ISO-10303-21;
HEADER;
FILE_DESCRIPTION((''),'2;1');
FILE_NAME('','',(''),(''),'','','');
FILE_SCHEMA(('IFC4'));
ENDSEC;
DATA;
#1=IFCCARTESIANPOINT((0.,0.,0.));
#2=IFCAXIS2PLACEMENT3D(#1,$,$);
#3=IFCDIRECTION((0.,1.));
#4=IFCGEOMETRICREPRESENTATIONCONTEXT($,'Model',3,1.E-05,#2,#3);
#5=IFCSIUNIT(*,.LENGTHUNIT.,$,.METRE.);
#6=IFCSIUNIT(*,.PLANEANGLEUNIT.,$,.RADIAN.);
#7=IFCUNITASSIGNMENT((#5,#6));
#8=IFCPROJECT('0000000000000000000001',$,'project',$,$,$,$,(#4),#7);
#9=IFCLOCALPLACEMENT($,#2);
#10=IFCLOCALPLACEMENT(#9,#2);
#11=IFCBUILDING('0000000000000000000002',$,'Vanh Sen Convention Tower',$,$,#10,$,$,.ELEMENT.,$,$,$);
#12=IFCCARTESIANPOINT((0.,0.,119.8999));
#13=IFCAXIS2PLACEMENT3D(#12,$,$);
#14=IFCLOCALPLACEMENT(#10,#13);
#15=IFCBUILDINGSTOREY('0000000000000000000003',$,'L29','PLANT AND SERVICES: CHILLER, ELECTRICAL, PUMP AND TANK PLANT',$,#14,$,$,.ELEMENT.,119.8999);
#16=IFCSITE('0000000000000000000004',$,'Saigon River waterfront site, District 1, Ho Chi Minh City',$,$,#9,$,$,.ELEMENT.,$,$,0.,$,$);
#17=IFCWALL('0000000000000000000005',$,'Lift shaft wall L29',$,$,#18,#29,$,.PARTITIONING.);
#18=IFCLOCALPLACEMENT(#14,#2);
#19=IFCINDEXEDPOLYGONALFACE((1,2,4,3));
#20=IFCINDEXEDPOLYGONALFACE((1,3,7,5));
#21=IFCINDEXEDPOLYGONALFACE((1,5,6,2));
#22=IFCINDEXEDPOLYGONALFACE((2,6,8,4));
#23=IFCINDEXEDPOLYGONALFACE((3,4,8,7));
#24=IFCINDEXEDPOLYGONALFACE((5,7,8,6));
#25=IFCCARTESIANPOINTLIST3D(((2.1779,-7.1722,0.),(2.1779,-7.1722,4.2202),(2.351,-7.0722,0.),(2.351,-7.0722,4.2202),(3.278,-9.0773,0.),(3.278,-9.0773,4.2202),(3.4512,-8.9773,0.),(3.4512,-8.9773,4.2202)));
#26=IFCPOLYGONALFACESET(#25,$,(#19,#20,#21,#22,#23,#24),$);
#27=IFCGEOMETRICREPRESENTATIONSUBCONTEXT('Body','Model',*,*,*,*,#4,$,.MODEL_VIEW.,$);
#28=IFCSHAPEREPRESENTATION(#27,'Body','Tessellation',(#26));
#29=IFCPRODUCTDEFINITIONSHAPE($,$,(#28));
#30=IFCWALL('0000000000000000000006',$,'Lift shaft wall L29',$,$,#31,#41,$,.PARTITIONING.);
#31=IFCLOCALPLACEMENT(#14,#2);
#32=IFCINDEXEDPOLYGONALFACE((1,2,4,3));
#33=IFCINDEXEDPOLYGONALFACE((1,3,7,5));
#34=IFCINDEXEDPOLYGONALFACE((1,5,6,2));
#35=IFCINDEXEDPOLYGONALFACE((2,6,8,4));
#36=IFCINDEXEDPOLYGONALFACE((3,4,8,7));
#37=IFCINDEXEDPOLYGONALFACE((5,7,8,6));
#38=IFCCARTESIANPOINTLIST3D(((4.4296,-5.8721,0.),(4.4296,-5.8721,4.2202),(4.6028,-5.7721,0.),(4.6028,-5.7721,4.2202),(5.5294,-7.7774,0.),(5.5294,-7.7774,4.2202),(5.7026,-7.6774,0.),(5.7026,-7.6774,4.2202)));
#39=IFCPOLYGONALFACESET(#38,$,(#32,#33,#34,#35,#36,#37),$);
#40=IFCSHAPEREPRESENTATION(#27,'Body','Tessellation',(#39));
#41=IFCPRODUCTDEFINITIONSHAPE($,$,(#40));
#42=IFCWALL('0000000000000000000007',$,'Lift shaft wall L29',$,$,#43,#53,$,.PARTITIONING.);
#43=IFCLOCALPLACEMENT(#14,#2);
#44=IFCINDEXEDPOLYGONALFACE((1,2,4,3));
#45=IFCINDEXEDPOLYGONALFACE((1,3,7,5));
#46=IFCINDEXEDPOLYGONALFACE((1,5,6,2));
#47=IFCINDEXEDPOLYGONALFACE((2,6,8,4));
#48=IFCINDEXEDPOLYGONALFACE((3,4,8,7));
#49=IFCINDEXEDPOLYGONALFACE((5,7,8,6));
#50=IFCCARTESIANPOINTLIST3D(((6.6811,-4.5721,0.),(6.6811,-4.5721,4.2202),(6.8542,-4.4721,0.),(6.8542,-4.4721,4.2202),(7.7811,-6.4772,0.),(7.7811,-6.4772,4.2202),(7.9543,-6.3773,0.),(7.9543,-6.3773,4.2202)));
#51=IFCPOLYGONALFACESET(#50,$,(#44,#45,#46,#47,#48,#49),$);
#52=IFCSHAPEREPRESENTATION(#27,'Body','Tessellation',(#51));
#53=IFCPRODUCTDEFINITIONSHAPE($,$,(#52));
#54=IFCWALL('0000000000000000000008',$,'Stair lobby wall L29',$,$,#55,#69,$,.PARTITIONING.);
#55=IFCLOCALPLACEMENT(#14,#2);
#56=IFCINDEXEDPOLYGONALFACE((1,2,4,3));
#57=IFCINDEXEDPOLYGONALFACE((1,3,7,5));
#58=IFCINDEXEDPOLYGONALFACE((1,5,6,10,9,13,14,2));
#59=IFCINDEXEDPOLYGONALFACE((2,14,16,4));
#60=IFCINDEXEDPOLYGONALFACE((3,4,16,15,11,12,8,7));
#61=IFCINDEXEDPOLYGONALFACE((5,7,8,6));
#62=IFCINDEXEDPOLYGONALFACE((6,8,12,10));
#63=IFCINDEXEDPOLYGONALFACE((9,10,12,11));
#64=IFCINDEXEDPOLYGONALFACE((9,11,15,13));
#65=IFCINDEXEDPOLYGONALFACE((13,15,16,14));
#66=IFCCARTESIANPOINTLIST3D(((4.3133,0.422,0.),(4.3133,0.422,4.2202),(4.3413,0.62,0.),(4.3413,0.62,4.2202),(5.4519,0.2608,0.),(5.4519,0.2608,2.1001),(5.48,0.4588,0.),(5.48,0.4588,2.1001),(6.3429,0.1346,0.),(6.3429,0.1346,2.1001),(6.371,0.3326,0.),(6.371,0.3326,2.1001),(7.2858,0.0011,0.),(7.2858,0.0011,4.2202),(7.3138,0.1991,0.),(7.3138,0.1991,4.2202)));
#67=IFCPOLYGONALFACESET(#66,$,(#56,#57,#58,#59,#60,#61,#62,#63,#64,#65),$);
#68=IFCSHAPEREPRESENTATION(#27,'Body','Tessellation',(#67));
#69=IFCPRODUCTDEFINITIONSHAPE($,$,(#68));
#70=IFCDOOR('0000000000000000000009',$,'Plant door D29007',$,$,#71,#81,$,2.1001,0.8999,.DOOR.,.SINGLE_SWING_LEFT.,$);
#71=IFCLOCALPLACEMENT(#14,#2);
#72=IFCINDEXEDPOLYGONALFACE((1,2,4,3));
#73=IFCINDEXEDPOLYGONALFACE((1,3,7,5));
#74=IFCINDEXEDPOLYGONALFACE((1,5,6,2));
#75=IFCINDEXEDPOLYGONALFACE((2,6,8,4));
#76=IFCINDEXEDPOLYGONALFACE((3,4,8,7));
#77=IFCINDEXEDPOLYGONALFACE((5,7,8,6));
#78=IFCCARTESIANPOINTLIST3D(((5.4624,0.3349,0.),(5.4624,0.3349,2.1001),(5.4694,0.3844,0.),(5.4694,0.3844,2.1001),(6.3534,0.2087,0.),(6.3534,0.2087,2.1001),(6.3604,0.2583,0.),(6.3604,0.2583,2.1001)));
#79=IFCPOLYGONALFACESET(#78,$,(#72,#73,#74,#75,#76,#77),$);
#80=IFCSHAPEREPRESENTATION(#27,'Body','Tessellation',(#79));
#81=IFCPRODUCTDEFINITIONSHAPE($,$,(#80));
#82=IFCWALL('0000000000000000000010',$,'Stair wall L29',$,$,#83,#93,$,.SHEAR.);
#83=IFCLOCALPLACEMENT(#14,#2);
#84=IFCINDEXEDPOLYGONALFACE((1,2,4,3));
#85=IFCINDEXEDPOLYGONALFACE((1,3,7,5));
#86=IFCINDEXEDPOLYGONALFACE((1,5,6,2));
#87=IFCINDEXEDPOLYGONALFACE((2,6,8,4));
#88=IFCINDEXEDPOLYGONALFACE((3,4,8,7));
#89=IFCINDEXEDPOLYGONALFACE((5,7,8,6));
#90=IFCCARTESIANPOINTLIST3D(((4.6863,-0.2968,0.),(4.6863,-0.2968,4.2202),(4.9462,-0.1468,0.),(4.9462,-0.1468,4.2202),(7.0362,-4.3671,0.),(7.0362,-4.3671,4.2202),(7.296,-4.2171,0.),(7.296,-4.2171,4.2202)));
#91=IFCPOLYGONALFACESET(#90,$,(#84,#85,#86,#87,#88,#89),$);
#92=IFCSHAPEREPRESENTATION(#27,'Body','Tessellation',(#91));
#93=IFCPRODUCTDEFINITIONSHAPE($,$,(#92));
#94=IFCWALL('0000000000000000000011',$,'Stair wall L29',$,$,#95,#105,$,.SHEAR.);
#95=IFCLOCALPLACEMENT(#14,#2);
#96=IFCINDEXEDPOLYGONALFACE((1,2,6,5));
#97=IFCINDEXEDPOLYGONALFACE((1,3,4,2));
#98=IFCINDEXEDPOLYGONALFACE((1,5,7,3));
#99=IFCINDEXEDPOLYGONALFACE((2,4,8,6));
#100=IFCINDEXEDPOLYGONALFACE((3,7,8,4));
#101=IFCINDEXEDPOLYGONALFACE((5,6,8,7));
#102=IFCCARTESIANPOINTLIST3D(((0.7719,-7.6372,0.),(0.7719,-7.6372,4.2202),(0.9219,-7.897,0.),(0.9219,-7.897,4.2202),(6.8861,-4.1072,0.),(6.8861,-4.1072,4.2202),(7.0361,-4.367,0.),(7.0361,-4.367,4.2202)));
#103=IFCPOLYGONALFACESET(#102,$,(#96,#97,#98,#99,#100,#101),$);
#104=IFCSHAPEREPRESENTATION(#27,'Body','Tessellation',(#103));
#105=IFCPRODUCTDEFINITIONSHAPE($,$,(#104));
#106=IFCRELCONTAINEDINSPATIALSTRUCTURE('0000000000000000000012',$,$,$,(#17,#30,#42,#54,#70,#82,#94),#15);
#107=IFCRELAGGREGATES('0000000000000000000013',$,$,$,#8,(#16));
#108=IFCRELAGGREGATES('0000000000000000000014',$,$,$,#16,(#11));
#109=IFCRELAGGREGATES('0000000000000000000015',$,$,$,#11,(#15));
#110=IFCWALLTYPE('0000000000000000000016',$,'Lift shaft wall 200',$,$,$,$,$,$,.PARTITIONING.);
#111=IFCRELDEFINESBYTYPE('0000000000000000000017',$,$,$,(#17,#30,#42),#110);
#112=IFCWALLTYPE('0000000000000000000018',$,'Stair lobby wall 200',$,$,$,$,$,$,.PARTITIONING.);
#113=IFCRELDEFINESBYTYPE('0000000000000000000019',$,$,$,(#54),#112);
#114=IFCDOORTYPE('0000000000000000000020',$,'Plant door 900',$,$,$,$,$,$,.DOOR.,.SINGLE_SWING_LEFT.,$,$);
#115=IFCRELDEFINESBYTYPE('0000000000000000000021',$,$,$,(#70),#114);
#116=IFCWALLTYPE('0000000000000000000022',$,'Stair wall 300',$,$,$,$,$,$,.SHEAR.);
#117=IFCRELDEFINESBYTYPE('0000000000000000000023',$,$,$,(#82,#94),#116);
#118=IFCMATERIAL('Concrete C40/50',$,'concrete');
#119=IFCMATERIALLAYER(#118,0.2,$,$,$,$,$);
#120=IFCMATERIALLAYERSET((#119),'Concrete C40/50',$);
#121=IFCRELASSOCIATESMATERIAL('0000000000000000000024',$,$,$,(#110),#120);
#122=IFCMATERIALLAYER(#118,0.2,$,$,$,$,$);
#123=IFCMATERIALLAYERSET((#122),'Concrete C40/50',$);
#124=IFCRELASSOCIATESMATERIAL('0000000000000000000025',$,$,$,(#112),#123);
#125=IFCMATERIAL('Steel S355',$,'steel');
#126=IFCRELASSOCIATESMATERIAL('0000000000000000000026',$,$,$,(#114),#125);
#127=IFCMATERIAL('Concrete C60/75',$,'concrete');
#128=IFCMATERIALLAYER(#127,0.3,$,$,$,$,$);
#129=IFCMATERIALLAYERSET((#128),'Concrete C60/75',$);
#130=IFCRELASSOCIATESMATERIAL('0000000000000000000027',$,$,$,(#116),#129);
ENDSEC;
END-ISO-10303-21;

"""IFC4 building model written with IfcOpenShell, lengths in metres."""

from ifc_helpers import new_model, si_unit, direction, frame, frame_2d, origin, place, context, subcontext, project, spatial, rectangle, extrude, material, layer, layer_set, type_object, element, fill, save


model = new_model("IFC4")

# Units and contexts
model_context = context("Model", 3, precision=1e-05, world=origin(), true_north=direction((0.0, 1.0)))
body_context = subcontext(model_context, "Body", "Model", "MODEL_VIEW")
ifc_project = project(units=[si_unit("LENGTHUNIT", "METRE"), si_unit("PLANEANGLEUNIT", "RADIAN")], contexts=[model_context])

# Site, building, storey
site_placement = place(None, origin())
site = spatial("IfcSite", under=ifc_project, at=site_placement, Name="Saigon River waterfront site, District 1, Ho Chi Minh City", CompositionType="ELEMENT", RefElevation=0.0)
building_placement = place(site_placement, origin())
building = spatial("IfcBuilding", under=site, at=building_placement, Name="Vanh Sen Convention Tower", CompositionType="ELEMENT")
storey_placement = place(building_placement, frame((0.0, 0.0, 119.8999)))
storey = spatial("IfcBuildingStorey", under=building, at=storey_placement, Name="L29", Description="PLANT AND SERVICES: CHILLER, ELECTRICAL, PUMP AND TANK PLANT", CompositionType="ELEMENT", Elevation=119.8999)

# Shared definitions
ifc_material_1 = material(Name="Concrete C40/50", Category="concrete")

# Walls
ifc_layer_1 = layer(ifc_material_1, 0.2)
ifc_layer_set_1 = layer_set([ifc_layer_1], Name="Concrete C40/50")
wall_type_1 = type_object("IfcWallType", Name="Lift shaft wall 200", PredefinedType="PARTITIONING", material=ifc_layer_set_1)
for number, where, z_axis, x_axis, name in (
    (1, (2.2644, -7.1221, 0.0), (0.0, 0.0, 1.0), (0.500078, -0.86598, 0.0), "Lift shaft wall L29"),
    (2, (4.5161, -5.822, 0.0), (0.0, 0.0, 1.0), (0.499947, -0.866056, 0.0), "Lift shaft wall L29"),
    (3, (6.7676, -4.522, 0.0), (0.0, 0.0, 1.0), (0.50003, -0.866008, 0.0), "Lift shaft wall L29"),
):
    element("IfcWall", number, at=place(storey_placement, frame(where, z_axis=z_axis, x_axis=x_axis)), inside=storey, type_object=wall_type_1, Name=name, PredefinedType="PARTITIONING", context=body_context, shape_type="SweptSolid", body=[
        extrude(rectangle(XDim=2.2, YDim=0.2, at=frame_2d((1.1001, 0.0))), origin(), (0.0, 0.0, 1.0), 4.2202),
    ])

# Wall, opening, door
ifc_layer_2 = layer(ifc_material_1, 0.2)
ifc_layer_set_2 = layer_set([ifc_layer_2], Name="Concrete C40/50")
wall_type_2 = type_object("IfcWallType", Name="Stair lobby wall 200", PredefinedType="PARTITIONING", material=ifc_layer_set_2)
wall_1_placement = place(storey_placement, frame((4.3274, 0.521, 0.0), z_axis=(0.0, 0.0, 1.0), x_axis=(0.990124, -0.140192, 0.0)))
wall_1 = element("IfcWall", 4, at=wall_1_placement, inside=storey, type_object=wall_type_2, Name="Stair lobby wall L29", PredefinedType="PARTITIONING", context=body_context, shape_type="SweptSolid", body=[
    extrude(rectangle(XDim=3.0022, YDim=0.2, at=frame_2d((1.501, 0.0))), origin(), (0.0, 0.0, 1.0), 4.2202),
])
opening_1_placement = place(wall_1_placement, frame((1.1499, 0.0, 0.0)))
opening_1 = element("IfcOpeningElement", 5, at=opening_1_placement, cuts=wall_1, PredefinedType="OPENING", context=body_context, shape_type="SweptSolid", body=[
    extrude(rectangle(XDim=0.8999, YDim=2.1001, at=frame_2d((0.45, 1.05))), frame((0.0, 0.1099, 0.0), z_axis=(0.0, -1.0, 0.0), x_axis=(1.0, 0.0, 0.0)), (0.0, 0.0, 1.0), 0.22),
])
ifc_material_2 = material(Name="Steel S355", Category="steel")
door_type_1 = type_object("IfcDoorType", Name="Plant door 900", OperationType="SINGLE_SWING_LEFT", PredefinedType="DOOR", material=ifc_material_2)
door_1_placement = place(opening_1_placement, origin())
door_1 = element("IfcDoor", 6, at=door_1_placement, inside=storey, type_object=door_type_1, Name="Plant door D29007", OperationType="SINGLE_SWING_LEFT", OverallHeight=2.1001, OverallWidth=0.8999, PredefinedType="DOOR", context=body_context, shape_type="SweptSolid", body=[
    extrude(rectangle(XDim=0.8999, YDim=2.1001, at=frame_2d((0.45, 1.05))), frame((0.0, 0.0249, 0.0), z_axis=(0.0, -1.0, 0.0), x_axis=(1.0, 0.0, 0.0)), (0.0, 0.0, 1.0), 0.05),
])
fill(opening_1, door_1)

# Walls
ifc_material_3 = material(Name="Concrete C60/75", Category="concrete")
ifc_layer_3 = layer(ifc_material_3, 0.3)
ifc_layer_set_3 = layer_set([ifc_layer_3], Name="Concrete C60/75")
wall_type_3 = type_object("IfcWallType", Name="Stair wall 300", PredefinedType="SHEAR", material=ifc_layer_set_3)
wall_2_placement = place(storey_placement, frame((4.8162, -0.2217, 0.0), z_axis=(0.0, 0.0, 1.0), x_axis=(0.499977, -0.866039, 0.0)))
element("IfcWall", 7, at=wall_2_placement, inside=storey, type_object=wall_type_3, Name="Stair wall L29", PredefinedType="SHEAR", context=body_context, shape_type="SweptSolid", body=[
    extrude(rectangle(XDim=4.7, YDim=0.3, at=frame_2d((2.3501, 0.0))), origin(), (0.0, 0.0, 1.0), 4.2202),
])
wall_3_placement = place(storey_placement, frame((0.8469, -7.7671, 0.0), z_axis=(0.0, 0.0, 1.0), x_axis=(0.866028, 0.499996, 0.0)))
element("IfcWall", 8, at=wall_3_placement, inside=storey, type_object=wall_type_3, Name="Stair wall L29", PredefinedType="SHEAR", context=body_context, shape_type="SweptSolid", body=[
    extrude(rectangle(XDim=7.0601, YDim=0.3, at=frame_2d((3.53, 0.0))), origin(), (0.0, 0.0, 1.0), 4.2202),
])

save(model, "model.ifc")
